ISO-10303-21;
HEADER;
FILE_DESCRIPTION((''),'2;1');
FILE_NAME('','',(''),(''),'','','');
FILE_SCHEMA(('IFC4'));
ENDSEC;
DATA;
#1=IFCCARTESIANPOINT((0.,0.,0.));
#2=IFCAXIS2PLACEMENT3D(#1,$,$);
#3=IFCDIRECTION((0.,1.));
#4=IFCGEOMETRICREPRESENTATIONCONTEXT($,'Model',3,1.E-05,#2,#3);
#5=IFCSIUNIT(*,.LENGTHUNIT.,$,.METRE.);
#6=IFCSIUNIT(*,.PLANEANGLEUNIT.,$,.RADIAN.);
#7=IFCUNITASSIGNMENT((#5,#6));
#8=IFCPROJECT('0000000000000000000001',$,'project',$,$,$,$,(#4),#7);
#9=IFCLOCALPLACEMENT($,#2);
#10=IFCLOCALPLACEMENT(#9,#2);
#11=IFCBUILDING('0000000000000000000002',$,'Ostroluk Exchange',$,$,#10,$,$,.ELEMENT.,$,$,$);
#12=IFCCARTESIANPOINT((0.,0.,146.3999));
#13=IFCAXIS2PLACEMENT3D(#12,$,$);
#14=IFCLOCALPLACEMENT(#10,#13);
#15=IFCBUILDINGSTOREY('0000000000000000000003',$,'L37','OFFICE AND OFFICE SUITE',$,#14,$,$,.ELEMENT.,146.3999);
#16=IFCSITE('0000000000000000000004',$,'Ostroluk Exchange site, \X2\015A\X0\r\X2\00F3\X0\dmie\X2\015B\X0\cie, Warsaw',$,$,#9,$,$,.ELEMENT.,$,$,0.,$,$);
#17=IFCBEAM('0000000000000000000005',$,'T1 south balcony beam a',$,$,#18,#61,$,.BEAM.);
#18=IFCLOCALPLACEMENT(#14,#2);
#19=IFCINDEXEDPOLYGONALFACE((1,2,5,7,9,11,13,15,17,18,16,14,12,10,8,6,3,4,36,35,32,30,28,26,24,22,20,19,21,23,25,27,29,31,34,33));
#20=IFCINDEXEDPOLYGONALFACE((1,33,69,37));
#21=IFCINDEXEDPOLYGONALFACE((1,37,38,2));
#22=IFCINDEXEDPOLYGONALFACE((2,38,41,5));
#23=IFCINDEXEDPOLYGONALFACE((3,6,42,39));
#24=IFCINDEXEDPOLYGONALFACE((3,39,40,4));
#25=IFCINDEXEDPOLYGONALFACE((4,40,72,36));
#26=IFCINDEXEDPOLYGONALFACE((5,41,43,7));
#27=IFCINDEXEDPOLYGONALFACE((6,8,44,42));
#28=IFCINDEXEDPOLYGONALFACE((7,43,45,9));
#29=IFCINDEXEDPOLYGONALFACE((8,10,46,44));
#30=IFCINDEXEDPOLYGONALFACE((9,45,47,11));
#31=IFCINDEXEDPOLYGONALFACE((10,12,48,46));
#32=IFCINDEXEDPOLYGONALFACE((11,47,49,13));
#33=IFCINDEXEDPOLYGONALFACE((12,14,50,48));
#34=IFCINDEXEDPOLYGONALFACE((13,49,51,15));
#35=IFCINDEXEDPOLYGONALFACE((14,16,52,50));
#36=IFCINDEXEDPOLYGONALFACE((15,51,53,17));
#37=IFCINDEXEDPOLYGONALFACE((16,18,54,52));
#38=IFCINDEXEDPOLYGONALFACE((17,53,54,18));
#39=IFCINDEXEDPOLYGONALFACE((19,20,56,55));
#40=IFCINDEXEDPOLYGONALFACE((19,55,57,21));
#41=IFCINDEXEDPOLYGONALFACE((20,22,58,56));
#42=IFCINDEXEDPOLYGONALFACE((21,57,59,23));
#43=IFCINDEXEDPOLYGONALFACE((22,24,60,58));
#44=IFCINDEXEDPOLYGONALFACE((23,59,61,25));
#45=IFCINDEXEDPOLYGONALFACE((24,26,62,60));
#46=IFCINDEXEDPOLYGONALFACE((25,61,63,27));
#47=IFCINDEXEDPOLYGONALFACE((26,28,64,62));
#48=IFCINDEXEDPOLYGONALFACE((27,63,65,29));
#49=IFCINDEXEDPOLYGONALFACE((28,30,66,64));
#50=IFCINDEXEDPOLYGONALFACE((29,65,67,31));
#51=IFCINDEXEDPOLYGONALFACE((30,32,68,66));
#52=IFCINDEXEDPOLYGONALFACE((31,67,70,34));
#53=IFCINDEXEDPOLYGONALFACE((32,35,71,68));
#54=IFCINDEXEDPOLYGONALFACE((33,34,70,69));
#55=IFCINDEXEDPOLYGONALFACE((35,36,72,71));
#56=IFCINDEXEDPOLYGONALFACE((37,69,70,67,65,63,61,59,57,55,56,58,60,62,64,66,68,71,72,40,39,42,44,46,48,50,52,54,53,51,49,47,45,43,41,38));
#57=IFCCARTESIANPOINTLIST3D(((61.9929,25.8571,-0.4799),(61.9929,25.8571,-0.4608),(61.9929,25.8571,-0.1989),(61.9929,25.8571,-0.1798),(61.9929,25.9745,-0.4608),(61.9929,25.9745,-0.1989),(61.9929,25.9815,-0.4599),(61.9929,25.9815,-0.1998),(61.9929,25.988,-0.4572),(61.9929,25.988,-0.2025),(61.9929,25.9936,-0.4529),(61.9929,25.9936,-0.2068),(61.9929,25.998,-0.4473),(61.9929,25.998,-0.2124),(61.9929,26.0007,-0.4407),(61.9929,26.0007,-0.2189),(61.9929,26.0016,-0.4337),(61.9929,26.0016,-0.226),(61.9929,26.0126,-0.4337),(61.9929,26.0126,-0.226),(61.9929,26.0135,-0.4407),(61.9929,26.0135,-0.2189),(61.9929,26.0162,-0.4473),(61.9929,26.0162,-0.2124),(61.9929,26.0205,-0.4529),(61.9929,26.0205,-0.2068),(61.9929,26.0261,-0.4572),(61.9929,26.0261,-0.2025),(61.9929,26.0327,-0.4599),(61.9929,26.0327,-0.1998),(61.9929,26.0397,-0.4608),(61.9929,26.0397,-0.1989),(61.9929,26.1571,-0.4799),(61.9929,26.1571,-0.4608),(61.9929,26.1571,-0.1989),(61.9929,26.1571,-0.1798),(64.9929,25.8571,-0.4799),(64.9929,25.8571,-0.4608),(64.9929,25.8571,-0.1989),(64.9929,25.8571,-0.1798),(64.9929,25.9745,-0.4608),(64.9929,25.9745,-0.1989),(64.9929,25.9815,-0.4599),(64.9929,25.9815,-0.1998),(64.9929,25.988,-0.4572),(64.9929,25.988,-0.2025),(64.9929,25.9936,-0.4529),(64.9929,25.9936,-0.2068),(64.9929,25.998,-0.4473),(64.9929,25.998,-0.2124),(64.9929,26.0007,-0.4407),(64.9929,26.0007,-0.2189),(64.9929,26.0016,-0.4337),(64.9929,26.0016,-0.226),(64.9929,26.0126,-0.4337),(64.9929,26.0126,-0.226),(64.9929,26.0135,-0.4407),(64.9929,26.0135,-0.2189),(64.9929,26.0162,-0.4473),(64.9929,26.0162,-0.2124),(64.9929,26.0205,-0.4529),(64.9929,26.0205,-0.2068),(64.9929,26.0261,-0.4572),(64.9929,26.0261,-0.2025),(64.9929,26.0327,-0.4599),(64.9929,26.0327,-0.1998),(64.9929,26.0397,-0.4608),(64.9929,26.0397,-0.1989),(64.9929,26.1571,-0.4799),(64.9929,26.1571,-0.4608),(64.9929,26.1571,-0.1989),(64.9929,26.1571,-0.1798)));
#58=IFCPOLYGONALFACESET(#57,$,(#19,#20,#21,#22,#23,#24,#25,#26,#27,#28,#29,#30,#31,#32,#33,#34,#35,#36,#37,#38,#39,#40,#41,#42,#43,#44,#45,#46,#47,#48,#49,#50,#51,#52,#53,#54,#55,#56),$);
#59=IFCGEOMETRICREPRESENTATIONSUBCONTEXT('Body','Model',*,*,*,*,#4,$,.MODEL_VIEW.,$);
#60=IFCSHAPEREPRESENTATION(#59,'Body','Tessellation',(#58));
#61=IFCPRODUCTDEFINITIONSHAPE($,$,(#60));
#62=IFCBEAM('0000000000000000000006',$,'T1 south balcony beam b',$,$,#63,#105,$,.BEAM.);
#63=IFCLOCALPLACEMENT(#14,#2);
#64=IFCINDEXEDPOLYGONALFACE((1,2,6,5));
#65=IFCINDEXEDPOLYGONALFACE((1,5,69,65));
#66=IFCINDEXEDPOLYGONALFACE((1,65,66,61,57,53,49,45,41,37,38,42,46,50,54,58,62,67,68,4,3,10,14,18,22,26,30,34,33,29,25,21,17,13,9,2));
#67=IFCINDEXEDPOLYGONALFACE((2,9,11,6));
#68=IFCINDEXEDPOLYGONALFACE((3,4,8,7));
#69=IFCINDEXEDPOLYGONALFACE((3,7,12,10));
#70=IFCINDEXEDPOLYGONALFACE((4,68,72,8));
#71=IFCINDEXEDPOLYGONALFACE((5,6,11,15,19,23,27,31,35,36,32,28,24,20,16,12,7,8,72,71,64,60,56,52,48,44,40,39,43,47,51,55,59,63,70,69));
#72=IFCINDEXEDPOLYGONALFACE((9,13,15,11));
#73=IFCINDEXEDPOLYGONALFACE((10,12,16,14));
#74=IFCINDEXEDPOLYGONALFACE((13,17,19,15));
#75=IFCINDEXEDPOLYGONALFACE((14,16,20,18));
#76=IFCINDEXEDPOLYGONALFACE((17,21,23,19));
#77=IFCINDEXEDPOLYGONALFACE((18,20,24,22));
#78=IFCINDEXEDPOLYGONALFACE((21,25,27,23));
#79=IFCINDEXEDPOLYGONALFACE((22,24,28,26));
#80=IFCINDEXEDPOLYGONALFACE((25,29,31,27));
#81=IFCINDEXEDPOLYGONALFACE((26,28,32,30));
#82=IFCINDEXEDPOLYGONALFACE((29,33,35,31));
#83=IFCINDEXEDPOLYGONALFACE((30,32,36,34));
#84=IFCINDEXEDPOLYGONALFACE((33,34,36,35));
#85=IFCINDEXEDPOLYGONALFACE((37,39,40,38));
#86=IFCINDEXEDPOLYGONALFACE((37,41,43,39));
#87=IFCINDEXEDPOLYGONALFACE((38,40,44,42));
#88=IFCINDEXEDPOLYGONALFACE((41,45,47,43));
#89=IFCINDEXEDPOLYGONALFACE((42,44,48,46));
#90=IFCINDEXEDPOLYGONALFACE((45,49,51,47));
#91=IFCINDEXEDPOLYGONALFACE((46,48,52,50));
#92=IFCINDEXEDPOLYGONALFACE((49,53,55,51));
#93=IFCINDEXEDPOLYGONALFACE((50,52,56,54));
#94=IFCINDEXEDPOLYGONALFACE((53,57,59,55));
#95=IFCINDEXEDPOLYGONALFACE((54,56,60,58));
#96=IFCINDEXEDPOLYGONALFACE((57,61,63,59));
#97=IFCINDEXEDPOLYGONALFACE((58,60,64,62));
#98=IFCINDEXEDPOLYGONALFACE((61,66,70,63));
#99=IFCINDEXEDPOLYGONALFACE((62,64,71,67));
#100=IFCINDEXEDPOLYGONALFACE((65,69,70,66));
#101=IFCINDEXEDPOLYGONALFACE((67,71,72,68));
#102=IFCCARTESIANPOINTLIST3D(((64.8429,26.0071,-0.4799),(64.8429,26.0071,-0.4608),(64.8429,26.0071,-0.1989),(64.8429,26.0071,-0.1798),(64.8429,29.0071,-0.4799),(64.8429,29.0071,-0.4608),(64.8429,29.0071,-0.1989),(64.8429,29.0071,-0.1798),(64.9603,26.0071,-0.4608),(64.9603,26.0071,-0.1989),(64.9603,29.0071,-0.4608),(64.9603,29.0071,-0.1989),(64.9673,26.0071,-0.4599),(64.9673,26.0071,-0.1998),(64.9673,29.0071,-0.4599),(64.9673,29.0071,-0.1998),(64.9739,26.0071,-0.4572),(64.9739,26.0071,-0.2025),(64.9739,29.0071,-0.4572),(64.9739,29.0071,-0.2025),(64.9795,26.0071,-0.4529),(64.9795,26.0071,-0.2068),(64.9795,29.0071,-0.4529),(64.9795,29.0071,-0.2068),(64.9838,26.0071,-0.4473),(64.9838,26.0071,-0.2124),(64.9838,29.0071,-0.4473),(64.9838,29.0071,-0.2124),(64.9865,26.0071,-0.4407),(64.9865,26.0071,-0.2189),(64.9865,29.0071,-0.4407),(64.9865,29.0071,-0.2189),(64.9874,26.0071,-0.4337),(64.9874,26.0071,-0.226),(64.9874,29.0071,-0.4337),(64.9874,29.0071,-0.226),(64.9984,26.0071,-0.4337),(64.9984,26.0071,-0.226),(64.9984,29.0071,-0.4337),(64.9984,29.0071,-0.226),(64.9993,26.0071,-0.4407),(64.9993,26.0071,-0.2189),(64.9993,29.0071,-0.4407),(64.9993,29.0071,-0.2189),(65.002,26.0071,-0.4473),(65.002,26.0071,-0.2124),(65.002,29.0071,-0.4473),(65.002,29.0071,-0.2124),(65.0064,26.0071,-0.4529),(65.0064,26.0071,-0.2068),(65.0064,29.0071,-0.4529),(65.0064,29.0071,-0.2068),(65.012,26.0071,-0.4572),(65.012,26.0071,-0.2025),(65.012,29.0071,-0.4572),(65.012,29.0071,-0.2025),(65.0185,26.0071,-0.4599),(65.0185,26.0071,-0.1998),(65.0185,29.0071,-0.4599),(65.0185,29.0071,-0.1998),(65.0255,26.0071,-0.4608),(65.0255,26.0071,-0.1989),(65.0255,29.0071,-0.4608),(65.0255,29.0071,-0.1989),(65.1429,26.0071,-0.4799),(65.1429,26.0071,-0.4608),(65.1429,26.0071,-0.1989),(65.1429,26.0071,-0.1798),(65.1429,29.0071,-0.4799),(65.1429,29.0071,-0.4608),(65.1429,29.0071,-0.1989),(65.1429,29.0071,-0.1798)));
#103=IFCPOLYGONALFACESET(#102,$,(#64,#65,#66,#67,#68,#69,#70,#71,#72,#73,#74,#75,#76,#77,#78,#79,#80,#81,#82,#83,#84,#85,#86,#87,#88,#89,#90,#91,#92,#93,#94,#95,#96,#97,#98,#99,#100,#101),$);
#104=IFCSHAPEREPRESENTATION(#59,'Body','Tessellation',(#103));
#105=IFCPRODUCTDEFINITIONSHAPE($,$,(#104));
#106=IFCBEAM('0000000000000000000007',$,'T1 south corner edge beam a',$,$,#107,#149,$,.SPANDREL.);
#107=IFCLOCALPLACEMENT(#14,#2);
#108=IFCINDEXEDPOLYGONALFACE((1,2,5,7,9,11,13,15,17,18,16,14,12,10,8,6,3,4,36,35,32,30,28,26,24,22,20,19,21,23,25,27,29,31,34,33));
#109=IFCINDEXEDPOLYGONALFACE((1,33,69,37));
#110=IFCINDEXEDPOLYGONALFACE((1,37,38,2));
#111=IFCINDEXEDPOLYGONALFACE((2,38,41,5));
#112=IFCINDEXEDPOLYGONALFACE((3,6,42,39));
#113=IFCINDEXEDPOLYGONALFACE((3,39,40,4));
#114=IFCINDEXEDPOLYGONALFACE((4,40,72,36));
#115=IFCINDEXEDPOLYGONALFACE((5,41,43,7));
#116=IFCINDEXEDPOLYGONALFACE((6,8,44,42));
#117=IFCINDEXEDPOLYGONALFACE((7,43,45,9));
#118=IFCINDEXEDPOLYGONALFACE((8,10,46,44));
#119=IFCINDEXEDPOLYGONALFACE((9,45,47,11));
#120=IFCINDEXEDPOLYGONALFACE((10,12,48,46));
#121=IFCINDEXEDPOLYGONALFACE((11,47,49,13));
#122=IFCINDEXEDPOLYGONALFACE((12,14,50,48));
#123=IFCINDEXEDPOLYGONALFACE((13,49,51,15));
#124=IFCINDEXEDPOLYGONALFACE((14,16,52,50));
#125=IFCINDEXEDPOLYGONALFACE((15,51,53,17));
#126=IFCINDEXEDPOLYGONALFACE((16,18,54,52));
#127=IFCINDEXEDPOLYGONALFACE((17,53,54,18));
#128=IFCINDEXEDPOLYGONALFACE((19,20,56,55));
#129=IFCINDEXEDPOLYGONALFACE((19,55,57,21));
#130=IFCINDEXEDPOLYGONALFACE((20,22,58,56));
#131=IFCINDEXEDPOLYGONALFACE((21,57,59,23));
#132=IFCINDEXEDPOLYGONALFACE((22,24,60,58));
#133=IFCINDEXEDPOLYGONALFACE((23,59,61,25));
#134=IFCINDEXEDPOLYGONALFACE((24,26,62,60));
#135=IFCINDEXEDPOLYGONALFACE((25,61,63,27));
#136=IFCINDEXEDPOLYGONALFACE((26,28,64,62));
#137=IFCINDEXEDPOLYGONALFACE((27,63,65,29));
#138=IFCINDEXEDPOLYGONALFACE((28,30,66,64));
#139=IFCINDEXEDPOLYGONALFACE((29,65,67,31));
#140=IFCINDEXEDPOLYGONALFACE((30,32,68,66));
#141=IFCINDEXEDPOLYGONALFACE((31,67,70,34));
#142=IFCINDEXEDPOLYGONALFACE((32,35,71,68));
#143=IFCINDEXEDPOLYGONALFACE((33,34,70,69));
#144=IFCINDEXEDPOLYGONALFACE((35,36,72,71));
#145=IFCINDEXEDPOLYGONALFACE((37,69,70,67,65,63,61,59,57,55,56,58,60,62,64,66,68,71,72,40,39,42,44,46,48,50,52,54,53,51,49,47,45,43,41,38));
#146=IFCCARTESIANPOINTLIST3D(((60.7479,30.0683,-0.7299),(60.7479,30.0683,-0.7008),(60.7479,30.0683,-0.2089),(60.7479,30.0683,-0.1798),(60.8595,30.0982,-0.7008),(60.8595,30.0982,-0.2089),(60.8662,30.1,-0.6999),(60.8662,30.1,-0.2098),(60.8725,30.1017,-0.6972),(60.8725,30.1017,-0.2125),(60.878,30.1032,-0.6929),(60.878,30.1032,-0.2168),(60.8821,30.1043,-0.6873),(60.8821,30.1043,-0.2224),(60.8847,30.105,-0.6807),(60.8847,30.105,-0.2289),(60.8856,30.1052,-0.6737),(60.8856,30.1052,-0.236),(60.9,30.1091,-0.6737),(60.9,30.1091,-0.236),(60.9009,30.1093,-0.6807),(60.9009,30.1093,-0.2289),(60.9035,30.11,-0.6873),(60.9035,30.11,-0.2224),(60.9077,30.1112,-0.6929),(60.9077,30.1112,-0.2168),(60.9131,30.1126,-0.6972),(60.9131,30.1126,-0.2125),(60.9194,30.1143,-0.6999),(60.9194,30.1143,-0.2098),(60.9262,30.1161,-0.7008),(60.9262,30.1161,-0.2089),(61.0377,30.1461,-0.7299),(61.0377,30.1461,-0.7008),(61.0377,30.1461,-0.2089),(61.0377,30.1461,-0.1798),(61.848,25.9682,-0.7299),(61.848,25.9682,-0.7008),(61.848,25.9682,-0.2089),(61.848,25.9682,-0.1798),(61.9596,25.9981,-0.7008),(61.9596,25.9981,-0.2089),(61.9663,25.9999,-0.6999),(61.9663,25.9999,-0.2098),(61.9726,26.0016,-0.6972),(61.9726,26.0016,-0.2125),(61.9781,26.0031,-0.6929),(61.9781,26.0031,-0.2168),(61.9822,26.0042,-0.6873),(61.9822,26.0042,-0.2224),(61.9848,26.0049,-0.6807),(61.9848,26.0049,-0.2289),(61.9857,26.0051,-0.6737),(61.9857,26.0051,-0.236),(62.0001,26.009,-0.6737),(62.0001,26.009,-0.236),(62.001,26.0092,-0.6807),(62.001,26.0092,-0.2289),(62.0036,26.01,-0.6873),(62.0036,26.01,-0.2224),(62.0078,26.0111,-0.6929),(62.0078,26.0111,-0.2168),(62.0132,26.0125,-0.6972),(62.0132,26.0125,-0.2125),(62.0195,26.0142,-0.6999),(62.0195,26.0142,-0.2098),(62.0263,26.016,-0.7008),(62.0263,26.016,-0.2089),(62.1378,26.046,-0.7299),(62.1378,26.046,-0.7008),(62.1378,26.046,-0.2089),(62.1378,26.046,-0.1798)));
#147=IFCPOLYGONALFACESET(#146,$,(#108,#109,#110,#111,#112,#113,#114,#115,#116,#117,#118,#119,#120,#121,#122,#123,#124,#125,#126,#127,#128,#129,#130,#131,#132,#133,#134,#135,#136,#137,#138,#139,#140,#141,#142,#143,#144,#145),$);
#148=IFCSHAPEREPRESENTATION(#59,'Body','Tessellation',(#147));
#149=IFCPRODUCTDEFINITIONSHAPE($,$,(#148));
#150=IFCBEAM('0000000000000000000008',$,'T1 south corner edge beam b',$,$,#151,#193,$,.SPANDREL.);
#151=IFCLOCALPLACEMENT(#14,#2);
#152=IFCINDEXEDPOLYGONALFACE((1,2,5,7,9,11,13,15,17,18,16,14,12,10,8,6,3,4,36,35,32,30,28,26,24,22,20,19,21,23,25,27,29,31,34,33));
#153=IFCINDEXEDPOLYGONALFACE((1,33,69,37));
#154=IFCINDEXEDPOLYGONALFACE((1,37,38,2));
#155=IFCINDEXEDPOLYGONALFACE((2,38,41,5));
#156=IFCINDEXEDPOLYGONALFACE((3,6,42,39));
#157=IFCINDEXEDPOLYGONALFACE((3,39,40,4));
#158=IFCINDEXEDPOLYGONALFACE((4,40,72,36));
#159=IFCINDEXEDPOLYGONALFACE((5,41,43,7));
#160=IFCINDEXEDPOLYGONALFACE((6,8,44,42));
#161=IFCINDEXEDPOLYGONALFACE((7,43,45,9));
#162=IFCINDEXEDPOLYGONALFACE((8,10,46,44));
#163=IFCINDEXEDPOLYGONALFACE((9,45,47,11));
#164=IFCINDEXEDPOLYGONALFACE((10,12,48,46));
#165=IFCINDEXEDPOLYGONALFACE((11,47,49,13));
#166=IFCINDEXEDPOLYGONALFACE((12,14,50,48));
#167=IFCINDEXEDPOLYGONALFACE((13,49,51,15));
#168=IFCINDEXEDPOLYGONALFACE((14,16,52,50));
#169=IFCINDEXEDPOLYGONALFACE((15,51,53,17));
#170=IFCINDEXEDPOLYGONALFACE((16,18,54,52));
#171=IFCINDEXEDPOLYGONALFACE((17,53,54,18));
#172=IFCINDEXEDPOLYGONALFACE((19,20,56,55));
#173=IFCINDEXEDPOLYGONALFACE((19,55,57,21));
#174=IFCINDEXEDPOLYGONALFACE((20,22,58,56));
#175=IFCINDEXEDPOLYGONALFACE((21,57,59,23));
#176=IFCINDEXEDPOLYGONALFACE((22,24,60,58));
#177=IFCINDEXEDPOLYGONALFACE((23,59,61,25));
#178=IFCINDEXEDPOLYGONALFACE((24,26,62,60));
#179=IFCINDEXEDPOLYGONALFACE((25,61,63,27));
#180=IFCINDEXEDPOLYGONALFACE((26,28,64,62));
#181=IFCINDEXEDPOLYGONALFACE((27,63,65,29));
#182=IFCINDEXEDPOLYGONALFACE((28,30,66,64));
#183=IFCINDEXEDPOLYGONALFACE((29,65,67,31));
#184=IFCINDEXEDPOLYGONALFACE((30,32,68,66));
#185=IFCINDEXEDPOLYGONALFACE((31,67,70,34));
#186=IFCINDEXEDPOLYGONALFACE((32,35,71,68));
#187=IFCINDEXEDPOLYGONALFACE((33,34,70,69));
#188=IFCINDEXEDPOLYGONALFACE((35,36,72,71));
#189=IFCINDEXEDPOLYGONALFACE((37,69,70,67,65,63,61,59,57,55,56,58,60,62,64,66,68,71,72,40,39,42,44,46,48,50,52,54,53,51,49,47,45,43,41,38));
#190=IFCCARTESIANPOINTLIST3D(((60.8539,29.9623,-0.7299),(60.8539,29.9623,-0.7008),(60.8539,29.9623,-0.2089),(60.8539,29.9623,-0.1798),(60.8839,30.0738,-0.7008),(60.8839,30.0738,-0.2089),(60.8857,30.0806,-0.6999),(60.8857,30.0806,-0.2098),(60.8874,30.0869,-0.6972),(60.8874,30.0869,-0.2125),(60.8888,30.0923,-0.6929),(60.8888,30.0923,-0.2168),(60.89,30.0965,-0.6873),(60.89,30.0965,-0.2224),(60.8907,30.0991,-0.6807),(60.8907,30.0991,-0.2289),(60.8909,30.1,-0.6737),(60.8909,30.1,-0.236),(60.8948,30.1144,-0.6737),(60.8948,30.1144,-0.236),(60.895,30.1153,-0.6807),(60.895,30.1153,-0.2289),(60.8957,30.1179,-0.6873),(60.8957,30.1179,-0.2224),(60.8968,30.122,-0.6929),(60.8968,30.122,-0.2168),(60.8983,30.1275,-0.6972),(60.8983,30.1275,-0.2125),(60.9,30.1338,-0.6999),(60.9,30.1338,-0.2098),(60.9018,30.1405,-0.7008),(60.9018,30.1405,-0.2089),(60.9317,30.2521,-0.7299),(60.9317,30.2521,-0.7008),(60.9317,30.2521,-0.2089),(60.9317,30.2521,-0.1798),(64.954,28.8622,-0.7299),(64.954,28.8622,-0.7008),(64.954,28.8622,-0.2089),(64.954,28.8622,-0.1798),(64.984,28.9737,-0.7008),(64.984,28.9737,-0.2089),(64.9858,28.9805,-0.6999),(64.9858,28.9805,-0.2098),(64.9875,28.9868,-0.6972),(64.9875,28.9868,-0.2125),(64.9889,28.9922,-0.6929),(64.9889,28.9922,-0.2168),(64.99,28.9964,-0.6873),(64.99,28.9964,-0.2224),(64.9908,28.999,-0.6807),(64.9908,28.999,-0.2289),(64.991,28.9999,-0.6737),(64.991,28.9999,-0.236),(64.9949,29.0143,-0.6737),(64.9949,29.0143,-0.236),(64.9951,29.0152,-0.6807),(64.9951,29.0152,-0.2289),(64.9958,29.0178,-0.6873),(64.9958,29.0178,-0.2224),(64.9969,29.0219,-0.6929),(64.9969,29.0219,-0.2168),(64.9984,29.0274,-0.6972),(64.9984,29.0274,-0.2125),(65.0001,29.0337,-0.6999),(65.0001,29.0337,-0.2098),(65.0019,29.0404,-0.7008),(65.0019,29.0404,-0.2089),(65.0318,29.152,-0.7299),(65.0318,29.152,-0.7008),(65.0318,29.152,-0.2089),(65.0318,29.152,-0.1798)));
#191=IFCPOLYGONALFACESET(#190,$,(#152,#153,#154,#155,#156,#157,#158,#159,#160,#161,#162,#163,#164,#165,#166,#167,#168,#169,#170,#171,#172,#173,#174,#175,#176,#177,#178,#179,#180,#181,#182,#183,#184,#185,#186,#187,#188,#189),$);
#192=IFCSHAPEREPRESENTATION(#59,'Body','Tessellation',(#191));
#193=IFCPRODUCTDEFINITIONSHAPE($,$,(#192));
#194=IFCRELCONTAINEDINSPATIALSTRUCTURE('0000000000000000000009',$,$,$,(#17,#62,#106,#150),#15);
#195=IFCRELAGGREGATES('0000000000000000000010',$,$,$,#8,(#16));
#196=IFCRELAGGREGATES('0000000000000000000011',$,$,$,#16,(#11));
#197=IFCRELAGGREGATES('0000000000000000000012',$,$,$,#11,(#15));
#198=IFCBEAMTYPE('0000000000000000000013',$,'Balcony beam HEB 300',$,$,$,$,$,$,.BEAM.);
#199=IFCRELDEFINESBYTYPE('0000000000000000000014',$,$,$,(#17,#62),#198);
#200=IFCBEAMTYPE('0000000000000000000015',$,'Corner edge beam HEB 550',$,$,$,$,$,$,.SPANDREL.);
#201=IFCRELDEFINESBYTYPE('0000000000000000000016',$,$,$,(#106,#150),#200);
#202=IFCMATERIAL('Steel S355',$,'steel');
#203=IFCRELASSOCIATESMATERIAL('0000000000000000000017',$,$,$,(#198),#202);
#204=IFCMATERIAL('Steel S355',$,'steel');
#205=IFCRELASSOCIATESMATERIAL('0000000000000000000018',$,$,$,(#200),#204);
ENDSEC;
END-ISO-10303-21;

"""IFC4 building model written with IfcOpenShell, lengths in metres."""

from ifc_helpers import new_model, si_unit, direction, frame, origin, origin_2d, place, context, subcontext, project, spatial, i_section, extrude, material, material_profile, profile_set, type_object, element, save


model = new_model("IFC4")

# Units and contexts
model_context = context("Model", 3, precision=1e-05, world=origin(), true_north=direction((0.0, 1.0)))
body_context = subcontext(model_context, "Body", "Model", "MODEL_VIEW")
ifc_project = project(units=[si_unit("LENGTHUNIT", "METRE"), si_unit("PLANEANGLEUNIT", "RADIAN")], contexts=[model_context])

# Site, building, storey
site_placement = place(None, origin())
site = spatial("IfcSite", under=ifc_project, at=site_placement, Name="Ostroluk Exchange site, Śródmieście, Warsaw", CompositionType="ELEMENT", RefElevation=0.0)
building_placement = place(site_placement, origin())
building = spatial("IfcBuilding", under=site, at=building_placement, Name="Ostroluk Exchange", CompositionType="ELEMENT")
storey_placement = place(building_placement, frame((0.0, 0.0, 146.3999)))
storey = spatial("IfcBuildingStorey", under=building, at=storey_placement, Name="L37", Description="OFFICE AND OFFICE SUITE", CompositionType="ELEMENT", Elevation=146.3999)

# Beams
ifc_material_1 = material(Name="Steel S355", Category="steel")
ifc_material_profile_1 = material_profile(ifc_material_1, i_section(OverallWidth=0.3, OverallDepth=0.3, WebThickness=0.011, FlangeThickness=0.019, FilletRadius=0.0271, at=origin_2d()), Name="HEB 300")
ifc_profile_set_1 = profile_set([ifc_material_profile_1], Name="Steel S355")
beam_type_1 = type_object("IfcBeamType", Name="Balcony beam HEB 300", PredefinedType="BEAM", material=ifc_profile_set_1)
for number, where, z_axis, x_axis, name in (
    (1, (61.9929, 26.0071, -0.3298), (1.0, 0.0, 0.0), (0.0, 1.0, 0.0), "T1 south balcony beam a"),
    (2, (64.9929, 29.0071, -0.3298), (0.0, -1.0, 0.0), (1.0, 0.0, 0.0), "T1 south balcony beam b"),
):
    element("IfcBeam", number, at=place(storey_placement, frame(where, z_axis=z_axis, x_axis=x_axis)), inside=storey, type_object=beam_type_1, Name=name, PredefinedType="BEAM", context=body_context, shape_type="SweptSolid", body=[
        extrude(i_section(OverallWidth=0.3, OverallDepth=0.3, WebThickness=0.011, FlangeThickness=0.019, FilletRadius=0.0271, at=origin_2d()), origin(), (0.0, 0.0, 1.0), 3.0),
    ])
ifc_material_2 = material(Name="Steel S355", Category="steel")
ifc_material_profile_2 = material_profile(ifc_material_2, i_section(OverallWidth=0.3, OverallDepth=0.55, WebThickness=0.0149, FlangeThickness=0.0291, FilletRadius=0.0271, at=origin_2d()), Name="HEB 550")
ifc_profile_set_2 = profile_set([ifc_material_profile_2], Name="Steel S355")
beam_type_2 = type_object("IfcBeamType", Name="Corner edge beam HEB 550", PredefinedType="SPANDREL", material=ifc_profile_set_2)
for number, where, z_axis, x_axis, name in (
    (3, (60.8928, 30.1072, -0.4548), (0.259144, -0.965839, 0.0), (0.965839, 0.259144, 0.0), "T1 south corner edge beam a"),
    (4, (60.8928, 30.1072, -0.4548), (0.965839, -0.259144, 0.0), (0.259144, 0.965839, 0.0), "T1 south corner edge beam b"),
):
    element("IfcBeam", number, at=place(storey_placement, frame(where, z_axis=z_axis, x_axis=x_axis)), inside=storey, type_object=beam_type_2, Name=name, PredefinedType="SPANDREL", context=body_context, shape_type="SweptSolid", body=[
        extrude(i_section(OverallWidth=0.3, OverallDepth=0.55, WebThickness=0.0149, FlangeThickness=0.0291, FilletRadius=0.0271, at=origin_2d()), origin(), (0.0, 0.0, 1.0), 4.2451),
    ])

save(model, "model.ifc")
